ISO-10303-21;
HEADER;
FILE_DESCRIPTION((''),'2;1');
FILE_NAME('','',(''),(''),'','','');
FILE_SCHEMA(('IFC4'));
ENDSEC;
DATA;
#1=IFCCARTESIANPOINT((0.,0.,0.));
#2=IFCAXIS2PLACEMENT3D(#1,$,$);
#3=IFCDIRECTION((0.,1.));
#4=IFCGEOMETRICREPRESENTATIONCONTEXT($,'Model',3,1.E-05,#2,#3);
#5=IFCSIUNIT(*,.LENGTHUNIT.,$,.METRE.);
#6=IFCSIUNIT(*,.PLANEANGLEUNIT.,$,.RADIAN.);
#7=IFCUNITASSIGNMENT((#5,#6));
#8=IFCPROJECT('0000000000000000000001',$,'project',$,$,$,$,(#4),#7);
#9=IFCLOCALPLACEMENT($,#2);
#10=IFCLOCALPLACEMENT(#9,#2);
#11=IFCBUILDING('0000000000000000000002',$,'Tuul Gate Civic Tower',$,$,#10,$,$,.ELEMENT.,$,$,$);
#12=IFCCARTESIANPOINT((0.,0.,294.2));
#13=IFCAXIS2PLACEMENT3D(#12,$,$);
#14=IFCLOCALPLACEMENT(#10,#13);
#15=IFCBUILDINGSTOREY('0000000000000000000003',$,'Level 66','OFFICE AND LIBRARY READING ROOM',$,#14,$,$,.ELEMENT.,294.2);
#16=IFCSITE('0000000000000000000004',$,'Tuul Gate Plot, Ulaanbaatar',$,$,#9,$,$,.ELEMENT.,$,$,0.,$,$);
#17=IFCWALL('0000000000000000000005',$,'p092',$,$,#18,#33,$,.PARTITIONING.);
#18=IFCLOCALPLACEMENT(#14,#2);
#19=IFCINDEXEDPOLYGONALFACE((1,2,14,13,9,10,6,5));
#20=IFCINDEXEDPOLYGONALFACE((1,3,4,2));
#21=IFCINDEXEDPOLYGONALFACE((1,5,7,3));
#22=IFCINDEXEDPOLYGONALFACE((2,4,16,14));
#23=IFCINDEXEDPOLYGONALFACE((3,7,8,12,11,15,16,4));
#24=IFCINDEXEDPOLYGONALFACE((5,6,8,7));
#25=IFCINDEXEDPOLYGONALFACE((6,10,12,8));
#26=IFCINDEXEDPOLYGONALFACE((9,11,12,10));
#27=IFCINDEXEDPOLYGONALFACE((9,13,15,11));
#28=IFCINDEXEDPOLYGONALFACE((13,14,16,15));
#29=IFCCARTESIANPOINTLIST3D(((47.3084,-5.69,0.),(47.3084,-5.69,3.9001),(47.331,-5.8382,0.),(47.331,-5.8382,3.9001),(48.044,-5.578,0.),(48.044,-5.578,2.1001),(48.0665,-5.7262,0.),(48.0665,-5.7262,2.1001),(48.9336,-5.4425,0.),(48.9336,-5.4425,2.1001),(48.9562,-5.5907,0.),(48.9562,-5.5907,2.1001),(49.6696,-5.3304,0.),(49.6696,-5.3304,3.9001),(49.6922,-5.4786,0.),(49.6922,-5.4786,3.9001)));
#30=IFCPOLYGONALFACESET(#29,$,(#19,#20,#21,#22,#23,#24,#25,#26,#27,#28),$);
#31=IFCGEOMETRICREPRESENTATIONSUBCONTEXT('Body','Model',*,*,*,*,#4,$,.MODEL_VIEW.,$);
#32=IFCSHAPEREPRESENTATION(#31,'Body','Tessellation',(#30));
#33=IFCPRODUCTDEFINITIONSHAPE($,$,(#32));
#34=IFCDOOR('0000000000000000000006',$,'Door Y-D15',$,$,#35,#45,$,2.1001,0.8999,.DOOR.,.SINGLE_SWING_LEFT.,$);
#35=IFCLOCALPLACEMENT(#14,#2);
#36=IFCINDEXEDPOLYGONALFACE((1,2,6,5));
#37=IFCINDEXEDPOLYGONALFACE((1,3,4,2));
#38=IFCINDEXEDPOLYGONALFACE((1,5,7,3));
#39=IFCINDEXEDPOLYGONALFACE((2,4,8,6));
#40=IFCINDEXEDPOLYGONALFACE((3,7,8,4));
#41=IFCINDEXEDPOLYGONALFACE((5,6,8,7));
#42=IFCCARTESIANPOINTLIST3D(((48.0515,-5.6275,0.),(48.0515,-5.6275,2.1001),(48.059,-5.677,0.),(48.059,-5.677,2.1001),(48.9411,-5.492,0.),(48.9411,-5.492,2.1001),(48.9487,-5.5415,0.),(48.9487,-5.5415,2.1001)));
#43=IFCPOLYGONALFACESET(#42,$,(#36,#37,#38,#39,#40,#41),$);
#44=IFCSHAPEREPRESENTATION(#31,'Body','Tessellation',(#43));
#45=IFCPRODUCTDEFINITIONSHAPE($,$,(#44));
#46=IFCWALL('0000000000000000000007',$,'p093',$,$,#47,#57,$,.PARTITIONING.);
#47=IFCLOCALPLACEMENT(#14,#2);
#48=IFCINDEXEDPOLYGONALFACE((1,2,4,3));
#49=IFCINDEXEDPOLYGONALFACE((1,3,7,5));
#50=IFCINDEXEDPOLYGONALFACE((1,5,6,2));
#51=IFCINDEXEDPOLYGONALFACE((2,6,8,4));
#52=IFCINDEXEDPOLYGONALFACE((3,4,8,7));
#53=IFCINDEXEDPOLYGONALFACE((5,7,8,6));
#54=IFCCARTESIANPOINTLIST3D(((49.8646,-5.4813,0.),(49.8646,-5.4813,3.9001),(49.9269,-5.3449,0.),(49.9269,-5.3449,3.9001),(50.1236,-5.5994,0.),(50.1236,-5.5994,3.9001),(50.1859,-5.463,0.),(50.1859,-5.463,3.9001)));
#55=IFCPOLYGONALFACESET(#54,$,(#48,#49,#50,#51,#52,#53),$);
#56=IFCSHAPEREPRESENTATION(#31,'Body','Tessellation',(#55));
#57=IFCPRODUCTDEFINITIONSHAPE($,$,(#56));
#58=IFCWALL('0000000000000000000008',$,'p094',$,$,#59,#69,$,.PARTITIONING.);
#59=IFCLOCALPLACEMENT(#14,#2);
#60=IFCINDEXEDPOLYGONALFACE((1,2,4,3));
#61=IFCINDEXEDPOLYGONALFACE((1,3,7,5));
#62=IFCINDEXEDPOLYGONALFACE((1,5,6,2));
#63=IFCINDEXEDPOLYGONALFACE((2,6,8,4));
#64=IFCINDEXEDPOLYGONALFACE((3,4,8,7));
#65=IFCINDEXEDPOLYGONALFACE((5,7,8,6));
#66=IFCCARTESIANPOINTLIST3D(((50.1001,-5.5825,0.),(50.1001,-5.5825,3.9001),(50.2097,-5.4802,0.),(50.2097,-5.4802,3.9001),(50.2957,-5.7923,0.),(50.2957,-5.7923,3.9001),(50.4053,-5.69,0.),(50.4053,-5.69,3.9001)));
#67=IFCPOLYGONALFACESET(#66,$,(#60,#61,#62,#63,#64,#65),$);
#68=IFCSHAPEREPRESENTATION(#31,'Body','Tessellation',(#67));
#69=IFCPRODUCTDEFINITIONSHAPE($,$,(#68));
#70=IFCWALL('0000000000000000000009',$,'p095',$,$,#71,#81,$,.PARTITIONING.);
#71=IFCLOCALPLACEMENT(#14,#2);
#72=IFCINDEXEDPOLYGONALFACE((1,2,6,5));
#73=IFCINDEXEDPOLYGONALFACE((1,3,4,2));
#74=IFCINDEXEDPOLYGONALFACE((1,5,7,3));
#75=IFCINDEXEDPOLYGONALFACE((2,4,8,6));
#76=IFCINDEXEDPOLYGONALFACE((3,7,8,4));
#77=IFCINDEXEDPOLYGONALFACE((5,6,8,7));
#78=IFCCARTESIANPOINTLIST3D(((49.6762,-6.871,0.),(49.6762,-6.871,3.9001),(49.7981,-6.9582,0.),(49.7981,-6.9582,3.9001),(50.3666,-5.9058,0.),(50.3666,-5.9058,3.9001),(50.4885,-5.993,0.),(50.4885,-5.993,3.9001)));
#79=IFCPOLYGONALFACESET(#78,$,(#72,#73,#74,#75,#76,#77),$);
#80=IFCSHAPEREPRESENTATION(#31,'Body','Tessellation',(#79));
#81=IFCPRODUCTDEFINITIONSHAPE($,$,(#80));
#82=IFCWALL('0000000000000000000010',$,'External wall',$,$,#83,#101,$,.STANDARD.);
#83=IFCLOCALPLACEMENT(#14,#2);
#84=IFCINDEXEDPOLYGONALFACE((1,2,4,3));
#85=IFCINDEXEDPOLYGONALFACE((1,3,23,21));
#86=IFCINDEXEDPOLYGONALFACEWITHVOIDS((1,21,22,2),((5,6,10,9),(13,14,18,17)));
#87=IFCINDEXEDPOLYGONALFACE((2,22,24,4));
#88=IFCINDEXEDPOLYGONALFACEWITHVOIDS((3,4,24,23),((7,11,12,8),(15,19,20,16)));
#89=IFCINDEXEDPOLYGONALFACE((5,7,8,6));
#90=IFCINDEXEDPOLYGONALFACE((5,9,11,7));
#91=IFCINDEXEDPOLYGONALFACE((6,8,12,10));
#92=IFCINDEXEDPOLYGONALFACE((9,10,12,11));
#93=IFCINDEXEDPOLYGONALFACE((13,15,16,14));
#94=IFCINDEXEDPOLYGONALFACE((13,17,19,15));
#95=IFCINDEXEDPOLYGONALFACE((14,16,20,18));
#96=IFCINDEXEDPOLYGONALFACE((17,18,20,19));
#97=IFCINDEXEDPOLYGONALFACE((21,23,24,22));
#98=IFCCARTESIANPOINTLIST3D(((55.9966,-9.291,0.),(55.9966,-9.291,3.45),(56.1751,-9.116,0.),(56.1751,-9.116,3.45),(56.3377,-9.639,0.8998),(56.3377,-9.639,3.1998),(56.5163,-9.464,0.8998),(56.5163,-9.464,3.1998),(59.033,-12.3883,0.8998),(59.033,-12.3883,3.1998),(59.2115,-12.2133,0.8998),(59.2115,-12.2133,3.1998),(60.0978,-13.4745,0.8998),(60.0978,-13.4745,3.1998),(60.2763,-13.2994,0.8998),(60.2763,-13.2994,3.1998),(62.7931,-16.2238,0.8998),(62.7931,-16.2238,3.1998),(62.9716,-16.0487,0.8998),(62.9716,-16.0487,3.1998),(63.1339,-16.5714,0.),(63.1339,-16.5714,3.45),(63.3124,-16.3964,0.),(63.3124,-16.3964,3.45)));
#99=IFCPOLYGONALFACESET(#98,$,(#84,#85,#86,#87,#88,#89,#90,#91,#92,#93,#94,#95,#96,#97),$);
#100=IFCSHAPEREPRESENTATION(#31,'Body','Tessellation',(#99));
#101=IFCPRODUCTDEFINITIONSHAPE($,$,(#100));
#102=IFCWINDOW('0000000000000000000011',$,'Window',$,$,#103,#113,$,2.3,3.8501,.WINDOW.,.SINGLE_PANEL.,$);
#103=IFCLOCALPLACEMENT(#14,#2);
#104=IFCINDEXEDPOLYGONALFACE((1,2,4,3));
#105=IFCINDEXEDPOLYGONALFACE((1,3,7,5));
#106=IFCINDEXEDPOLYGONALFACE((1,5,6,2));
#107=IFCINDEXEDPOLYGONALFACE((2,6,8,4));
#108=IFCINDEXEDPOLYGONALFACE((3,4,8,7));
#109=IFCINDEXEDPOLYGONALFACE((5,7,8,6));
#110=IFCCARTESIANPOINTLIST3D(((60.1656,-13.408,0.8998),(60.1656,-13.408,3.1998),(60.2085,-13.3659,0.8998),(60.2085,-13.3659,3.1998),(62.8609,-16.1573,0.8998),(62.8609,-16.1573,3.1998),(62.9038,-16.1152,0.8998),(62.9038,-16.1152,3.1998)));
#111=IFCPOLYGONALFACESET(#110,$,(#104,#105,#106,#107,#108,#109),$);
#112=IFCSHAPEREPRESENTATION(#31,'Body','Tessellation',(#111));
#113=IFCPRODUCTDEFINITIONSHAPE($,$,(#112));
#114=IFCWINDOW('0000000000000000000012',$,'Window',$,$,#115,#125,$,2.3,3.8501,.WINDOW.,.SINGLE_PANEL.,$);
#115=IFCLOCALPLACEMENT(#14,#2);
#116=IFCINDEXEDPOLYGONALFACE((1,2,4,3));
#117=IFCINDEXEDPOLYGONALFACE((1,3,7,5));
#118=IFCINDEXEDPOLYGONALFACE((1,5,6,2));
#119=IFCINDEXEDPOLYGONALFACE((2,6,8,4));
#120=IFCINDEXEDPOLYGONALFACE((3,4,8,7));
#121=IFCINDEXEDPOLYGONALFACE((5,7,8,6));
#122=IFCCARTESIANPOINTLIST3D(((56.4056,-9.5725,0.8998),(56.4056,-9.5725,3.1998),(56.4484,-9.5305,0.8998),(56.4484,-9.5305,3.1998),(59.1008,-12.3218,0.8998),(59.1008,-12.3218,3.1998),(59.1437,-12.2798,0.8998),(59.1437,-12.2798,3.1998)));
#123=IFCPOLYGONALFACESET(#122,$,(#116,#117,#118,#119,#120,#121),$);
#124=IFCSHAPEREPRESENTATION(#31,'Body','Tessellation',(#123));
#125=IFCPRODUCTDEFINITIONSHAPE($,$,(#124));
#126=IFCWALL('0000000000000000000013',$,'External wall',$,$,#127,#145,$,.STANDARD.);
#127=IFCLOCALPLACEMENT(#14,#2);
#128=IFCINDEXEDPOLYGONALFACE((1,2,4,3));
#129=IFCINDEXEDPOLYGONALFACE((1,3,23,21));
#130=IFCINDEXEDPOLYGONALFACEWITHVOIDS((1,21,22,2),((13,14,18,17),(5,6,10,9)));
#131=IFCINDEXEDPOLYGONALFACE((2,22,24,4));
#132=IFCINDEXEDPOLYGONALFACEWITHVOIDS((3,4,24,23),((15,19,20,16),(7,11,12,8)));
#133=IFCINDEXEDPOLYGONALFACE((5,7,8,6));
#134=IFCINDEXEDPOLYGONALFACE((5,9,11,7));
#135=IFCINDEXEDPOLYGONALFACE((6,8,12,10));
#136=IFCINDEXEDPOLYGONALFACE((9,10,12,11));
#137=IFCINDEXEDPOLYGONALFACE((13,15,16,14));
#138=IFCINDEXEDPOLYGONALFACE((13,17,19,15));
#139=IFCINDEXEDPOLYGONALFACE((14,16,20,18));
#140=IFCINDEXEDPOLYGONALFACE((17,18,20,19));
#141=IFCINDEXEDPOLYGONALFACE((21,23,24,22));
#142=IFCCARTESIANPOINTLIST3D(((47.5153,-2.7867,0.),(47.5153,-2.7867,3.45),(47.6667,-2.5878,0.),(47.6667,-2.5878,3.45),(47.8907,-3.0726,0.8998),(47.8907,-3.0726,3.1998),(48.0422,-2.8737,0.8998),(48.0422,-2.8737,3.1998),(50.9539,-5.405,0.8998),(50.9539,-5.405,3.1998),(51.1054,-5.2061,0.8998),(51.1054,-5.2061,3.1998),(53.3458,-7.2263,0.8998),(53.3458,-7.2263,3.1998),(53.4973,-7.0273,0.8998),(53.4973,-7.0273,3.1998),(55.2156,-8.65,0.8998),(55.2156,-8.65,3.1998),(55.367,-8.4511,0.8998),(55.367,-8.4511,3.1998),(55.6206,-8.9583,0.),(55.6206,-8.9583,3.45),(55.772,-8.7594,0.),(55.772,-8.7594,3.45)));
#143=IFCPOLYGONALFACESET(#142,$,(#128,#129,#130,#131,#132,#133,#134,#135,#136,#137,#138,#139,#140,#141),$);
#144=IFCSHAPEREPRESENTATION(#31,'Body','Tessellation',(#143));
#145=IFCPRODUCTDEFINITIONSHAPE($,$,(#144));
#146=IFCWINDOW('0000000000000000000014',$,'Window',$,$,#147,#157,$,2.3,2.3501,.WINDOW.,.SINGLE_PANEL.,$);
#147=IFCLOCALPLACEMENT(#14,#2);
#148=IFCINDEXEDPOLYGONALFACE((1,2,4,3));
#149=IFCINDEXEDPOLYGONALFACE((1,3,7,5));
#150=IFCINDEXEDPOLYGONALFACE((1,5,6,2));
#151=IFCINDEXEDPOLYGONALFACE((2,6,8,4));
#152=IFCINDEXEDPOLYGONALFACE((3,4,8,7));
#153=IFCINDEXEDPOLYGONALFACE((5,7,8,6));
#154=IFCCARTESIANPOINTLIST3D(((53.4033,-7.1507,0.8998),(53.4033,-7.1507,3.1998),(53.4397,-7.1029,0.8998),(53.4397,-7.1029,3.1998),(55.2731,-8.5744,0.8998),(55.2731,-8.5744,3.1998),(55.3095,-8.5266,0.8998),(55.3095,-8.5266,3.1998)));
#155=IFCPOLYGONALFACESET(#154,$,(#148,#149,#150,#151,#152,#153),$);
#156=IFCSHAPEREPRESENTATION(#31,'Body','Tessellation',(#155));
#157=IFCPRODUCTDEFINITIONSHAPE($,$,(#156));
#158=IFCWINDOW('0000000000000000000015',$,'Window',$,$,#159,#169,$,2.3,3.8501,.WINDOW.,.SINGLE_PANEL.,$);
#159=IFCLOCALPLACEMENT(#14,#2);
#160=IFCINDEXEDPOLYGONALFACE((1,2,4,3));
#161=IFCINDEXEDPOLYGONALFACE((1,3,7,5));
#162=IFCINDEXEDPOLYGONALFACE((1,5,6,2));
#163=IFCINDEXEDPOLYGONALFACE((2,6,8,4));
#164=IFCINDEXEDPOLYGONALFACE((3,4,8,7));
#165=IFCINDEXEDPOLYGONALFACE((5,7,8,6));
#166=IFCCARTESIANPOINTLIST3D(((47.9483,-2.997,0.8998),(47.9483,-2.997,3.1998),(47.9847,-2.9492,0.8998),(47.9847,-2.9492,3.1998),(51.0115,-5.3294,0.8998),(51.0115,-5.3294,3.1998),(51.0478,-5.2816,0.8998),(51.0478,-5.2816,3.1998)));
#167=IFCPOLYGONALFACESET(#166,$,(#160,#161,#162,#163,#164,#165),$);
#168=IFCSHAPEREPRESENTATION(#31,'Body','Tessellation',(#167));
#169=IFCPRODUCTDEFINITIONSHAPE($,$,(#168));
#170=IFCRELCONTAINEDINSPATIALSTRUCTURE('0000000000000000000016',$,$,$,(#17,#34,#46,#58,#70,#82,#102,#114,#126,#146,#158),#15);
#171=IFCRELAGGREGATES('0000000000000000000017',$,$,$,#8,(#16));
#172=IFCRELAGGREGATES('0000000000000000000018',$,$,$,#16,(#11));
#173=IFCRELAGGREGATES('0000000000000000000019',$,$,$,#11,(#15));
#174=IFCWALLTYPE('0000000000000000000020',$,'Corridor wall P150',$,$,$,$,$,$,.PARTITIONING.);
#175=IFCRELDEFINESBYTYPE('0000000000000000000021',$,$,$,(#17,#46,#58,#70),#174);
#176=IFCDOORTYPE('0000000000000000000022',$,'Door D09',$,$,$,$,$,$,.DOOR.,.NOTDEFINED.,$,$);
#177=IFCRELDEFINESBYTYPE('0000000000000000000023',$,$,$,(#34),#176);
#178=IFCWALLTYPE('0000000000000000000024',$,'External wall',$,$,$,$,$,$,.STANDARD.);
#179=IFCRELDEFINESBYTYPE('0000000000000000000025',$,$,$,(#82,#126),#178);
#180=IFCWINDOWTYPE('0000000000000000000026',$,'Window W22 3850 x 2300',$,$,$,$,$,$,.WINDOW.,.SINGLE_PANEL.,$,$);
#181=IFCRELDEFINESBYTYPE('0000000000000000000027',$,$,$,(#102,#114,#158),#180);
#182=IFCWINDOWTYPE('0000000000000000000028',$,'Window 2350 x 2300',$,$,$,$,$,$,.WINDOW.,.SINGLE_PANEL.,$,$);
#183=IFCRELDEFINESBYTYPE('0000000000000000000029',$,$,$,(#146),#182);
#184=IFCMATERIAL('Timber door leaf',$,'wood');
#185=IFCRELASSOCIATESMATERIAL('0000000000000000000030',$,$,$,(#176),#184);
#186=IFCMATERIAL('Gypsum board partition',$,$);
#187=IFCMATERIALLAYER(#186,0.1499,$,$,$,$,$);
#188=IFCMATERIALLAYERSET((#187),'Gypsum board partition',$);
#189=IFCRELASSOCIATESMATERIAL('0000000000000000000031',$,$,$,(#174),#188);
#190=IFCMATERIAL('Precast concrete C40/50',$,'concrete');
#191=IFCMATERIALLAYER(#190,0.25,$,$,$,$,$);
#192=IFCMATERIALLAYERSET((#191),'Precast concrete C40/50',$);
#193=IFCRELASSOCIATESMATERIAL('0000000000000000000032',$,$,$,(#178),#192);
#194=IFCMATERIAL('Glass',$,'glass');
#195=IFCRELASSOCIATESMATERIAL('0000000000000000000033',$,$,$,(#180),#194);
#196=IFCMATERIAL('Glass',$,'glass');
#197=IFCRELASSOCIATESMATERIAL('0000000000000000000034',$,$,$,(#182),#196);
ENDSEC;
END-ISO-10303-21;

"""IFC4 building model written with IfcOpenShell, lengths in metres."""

from ifc_helpers import new_model, si_unit, direction, frame, frame_2d, origin, place, context, subcontext, project, spatial, rectangle, extrude, material, layer, layer_set, type_object, element, fill, save


model = new_model("IFC4")

# Units and contexts
model_context = context("Model", 3, precision=1e-05, world=origin(), true_north=direction((0.0, 1.0)))
body_context = subcontext(model_context, "Body", "Model", "MODEL_VIEW")
ifc_project = project(units=[si_unit("LENGTHUNIT", "METRE"), si_unit("PLANEANGLEUNIT", "RADIAN")], contexts=[model_context])

# Site, building, storey
site_placement = place(None, origin())
site = spatial("IfcSite", under=ifc_project, at=site_placement, Name="Tuul Gate Plot, Ulaanbaatar", CompositionType="ELEMENT", RefElevation=0.0)
building_placement = place(site_placement, origin())
building = spatial("IfcBuilding", under=site, at=building_placement, Name="Tuul Gate Civic Tower", CompositionType="ELEMENT")
storey_placement = place(building_placement, frame((0.0, 0.0, 294.2)))
storey = spatial("IfcBuildingStorey", under=building, at=storey_placement, Name="Level 66", Description="OFFICE AND LIBRARY READING ROOM", CompositionType="ELEMENT", Elevation=294.2)

# Shared definitions
ifc_material_1 = material(Name="Timber door leaf", Category="wood")
door_type_1 = type_object("IfcDoorType", Name="Door D09", OperationType="NOTDEFINED", PredefinedType="DOOR", material=ifc_material_1)

# Shared definitions
ifc_material_2 = material(Name="Gypsum board partition")
ifc_layer_1 = layer(ifc_material_2, 0.1499)
ifc_layer_set_1 = layer_set([ifc_layer_1], Name="Gypsum board partition")
wall_type_1 = type_object("IfcWallType", Name="Corridor wall P150", PredefinedType="PARTITIONING", material=ifc_layer_set_1)

# Wall, opening, door
wall_1_placement = place(storey_placement, frame((47.3196, -5.7642, 0.0), z_axis=(0.0, 0.0, 1.0), x_axis=(0.988599, 0.150574, 0.0)))
wall_1 = element("IfcWall", 1, at=wall_1_placement, inside=storey, type_object=wall_type_1, Name="p092", PredefinedType="PARTITIONING", context=body_context, shape_type="SweptSolid", body=[
    extrude(rectangle(XDim=2.3884, YDim=0.1499, at=frame_2d((1.1943, 0.0))), origin(), (0.0, 0.0, 1.0), 3.9001),
])
opening_1_placement = place(wall_1_placement, frame((0.7441, 0.0, 0.0)))
opening_1 = element("IfcOpeningElement", 2, at=opening_1_placement, cuts=wall_1, PredefinedType="OPENING", context=body_context, shape_type="SweptSolid", body=[
    extrude(rectangle(XDim=0.8999, YDim=2.1001, at=frame_2d((0.45, 1.05))), frame((0.0, 0.085, 0.0), z_axis=(0.0, -1.0, 0.0), x_axis=(1.0, 0.0, 0.0)), (0.0, 0.0, 1.0), 0.1699),
])
door_1_placement = place(opening_1_placement, origin())
door_1 = element("IfcDoor", 3, at=door_1_placement, inside=storey, type_object=door_type_1, Name="Door Y-D15", OperationType="SINGLE_SWING_LEFT", OverallHeight=2.1001, OverallWidth=0.8999, PredefinedType="DOOR", context=body_context, shape_type="SweptSolid", body=[
    extrude(rectangle(XDim=0.8999, YDim=2.1001, at=frame_2d((0.45, 1.05))), frame((0.0, 0.0249, 0.0), z_axis=(0.0, -1.0, 0.0), x_axis=(1.0, 0.0, 0.0)), (0.0, 0.0, 1.0), 0.05),
])
fill(opening_1, door_1)

# Walls
wall_2_placement = place(storey_placement, frame((49.8958, -5.4131, 0.0), z_axis=(0.0, 0.0, 1.0), x_axis=(0.909808, -0.41503, 0.0)))
element("IfcWall", 4, at=wall_2_placement, inside=storey, type_object=wall_type_1, Name="p093", PredefinedType="PARTITIONING", context=body_context, shape_type="SweptSolid", body=[
    extrude(rectangle(XDim=0.2847, YDim=0.1499, at=frame_2d((0.1423, 0.0))), origin(), (0.0, 0.0, 1.0), 3.9001),
])
wall_3_placement = place(storey_placement, frame((50.1548, -5.5312, 0.0), z_axis=(0.0, 0.0, 1.0), x_axis=(0.681984, -0.731367, 0.0)))
element("IfcWall", 5, at=wall_3_placement, inside=storey, type_object=wall_type_1, Name="p094", PredefinedType="PARTITIONING", context=body_context, shape_type="SweptSolid", body=[
    extrude(rectangle(XDim=0.2869, YDim=0.1499, at=frame_2d((0.1436, 0.0))), origin(), (0.0, 0.0, 1.0), 3.9001),
])
wall_4_placement = place(storey_placement, frame((50.4275, -5.9495, 0.0), z_axis=(0.0, 0.0, 1.0), x_axis=(-0.581744, -0.813372, 0.0)))
element("IfcWall", 6, at=wall_4_placement, inside=storey, type_object=wall_type_1, Name="p095", PredefinedType="PARTITIONING", context=body_context, shape_type="SweptSolid", body=[
    extrude(rectangle(XDim=1.1868, YDim=0.1499, at=frame_2d((0.5933, 0.0))), origin(), (0.0, 0.0, 1.0), 3.9001),
])

# Walls, openings, windows
ifc_material_3 = material(Name="Precast concrete C40/50", Category="concrete")
ifc_layer_2 = layer(ifc_material_3, 0.25)
ifc_layer_set_2 = layer_set([ifc_layer_2], Name="Precast concrete C40/50")
wall_type_2 = type_object("IfcWallType", Name="External wall", PredefinedType="STANDARD", material=ifc_layer_set_2)
wall_5_placement = place(storey_placement, frame((63.2231, -16.4839, 0.0), z_axis=(0.0, 0.0, 1.0), x_axis=(-0.700056, 0.714088, 0.0)))
wall_5 = element("IfcWall", 7, at=wall_5_placement, inside=storey, type_object=wall_type_2, Name="External wall", PredefinedType="STANDARD", context=body_context, shape_type="SweptSolid", body=[
    extrude(rectangle(XDim=10.1953, YDim=0.25, at=frame_2d((5.0977, 0.0))), origin(), (0.0, 0.0, 1.0), 3.45),
])
opening_2_placement = place(wall_5_placement, frame((0.4868, 0.0, 0.8999)))
opening_2 = element("IfcOpeningElement", 8, at=opening_2_placement, cuts=wall_5, PredefinedType="OPENING", context=body_context, shape_type="SweptSolid", body=[
    extrude(rectangle(XDim=3.8501, YDim=2.3, at=frame_2d((1.925, 1.1499))), frame((0.0, 0.135, 0.0), z_axis=(0.0, -1.0, 0.0), x_axis=(1.0, 0.0, 0.0)), (0.0, 0.0, 1.0), 0.27),
])
opening_3_placement = place(wall_5_placement, frame((5.8579, 0.0, 0.8999)))
opening_3 = element("IfcOpeningElement", 9, at=opening_3_placement, cuts=wall_5, PredefinedType="OPENING", context=body_context, shape_type="SweptSolid", body=[
    extrude(rectangle(XDim=3.8501, YDim=2.3, at=frame_2d((1.925, 1.1499))), frame((0.0, 0.135, 0.0), z_axis=(0.0, -1.0, 0.0), x_axis=(1.0, 0.0, 0.0)), (0.0, 0.0, 1.0), 0.27),
])
ifc_material_4 = material(Name="Glass", Category="glass")
window_type_1 = type_object("IfcWindowType", Name="Window W22 3850 x 2300", PartitioningType="SINGLE_PANEL", PredefinedType="WINDOW", material=ifc_material_4)
window_1_placement = place(opening_2_placement, origin())
window_1 = element("IfcWindow", 10, at=window_1_placement, inside=storey, type_object=window_type_1, Name="Window", OverallHeight=2.3, OverallWidth=3.8501, PartitioningType="SINGLE_PANEL", PredefinedType="WINDOW", context=body_context, shape_type="SweptSolid", body=[
    extrude(rectangle(XDim=3.8501, YDim=2.3, at=frame_2d((1.925, 1.1499))), frame((0.0, 0.03, 0.0), z_axis=(0.0, -1.0, 0.0), x_axis=(1.0, 0.0, 0.0)), (0.0, 0.0, 1.0), 0.0601),
])
fill(opening_2, window_1)
window_2_placement = place(opening_3_placement, origin())
window_2 = element("IfcWindow", 11, at=window_2_placement, inside=storey, type_object=window_type_1, Name="Window", OverallHeight=2.3, OverallWidth=3.8501, PartitioningType="SINGLE_PANEL", PredefinedType="WINDOW", context=body_context, shape_type="SweptSolid", body=[
    extrude(rectangle(XDim=3.8501, YDim=2.3, at=frame_2d((1.925, 1.1499))), frame((0.0, 0.03, 0.0), z_axis=(0.0, -1.0, 0.0), x_axis=(1.0, 0.0, 0.0)), (0.0, 0.0, 1.0), 0.0601),
])
fill(opening_3, window_2)
wall_6_placement = place(storey_placement, frame((55.6963, -8.8589, 0.0), z_axis=(0.0, 0.0, 1.0), x_axis=(-0.79561, 0.605809, 0.0)))
wall_6 = element("IfcWall", 12, at=wall_6_placement, inside=storey, type_object=wall_type_2, Name="External wall", PredefinedType="STANDARD", context=body_context, shape_type="SweptSolid", body=[
    extrude(rectangle(XDim=10.1875, YDim=0.25, at=frame_2d((5.0938, 0.0))), origin(), (0.0, 0.0, 1.0), 3.45),
])
opening_4_placement = place(wall_6_placement, frame((5.8655, 0.0, 0.8999)))
opening_4 = element("IfcOpeningElement", 13, at=opening_4_placement, cuts=wall_6, PredefinedType="OPENING", context=body_context, shape_type="SweptSolid", body=[
    extrude(rectangle(XDim=3.8501, YDim=2.3, at=frame_2d((1.925, 1.1499))), frame((0.0, 0.135, 0.0), z_axis=(0.0, -1.0, 0.0), x_axis=(1.0, 0.0, 0.0)), (0.0, 0.0, 1.0), 0.27),
])
opening_5_placement = place(wall_6_placement, frame((0.509, 0.0, 0.8999)))
opening_5 = element("IfcOpeningElement", 14, at=opening_5_placement, cuts=wall_6, PredefinedType="OPENING", context=body_context, shape_type="SweptSolid", body=[
    extrude(rectangle(XDim=2.3501, YDim=2.3, at=frame_2d((1.175, 1.1499))), frame((0.0, 0.135, 0.0), z_axis=(0.0, -1.0, 0.0), x_axis=(1.0, 0.0, 0.0)), (0.0, 0.0, 1.0), 0.27),
])
ifc_material_5 = material(Name="Glass", Category="glass")
window_type_2 = type_object("IfcWindowType", Name="Window 2350 x 2300", PartitioningType="SINGLE_PANEL", PredefinedType="WINDOW", material=ifc_material_5)
window_3_placement = place(opening_5_placement, origin())
window_3 = element("IfcWindow", 15, at=window_3_placement, inside=storey, type_object=window_type_2, Name="Window", OverallHeight=2.3, OverallWidth=2.3501, PartitioningType="SINGLE_PANEL", PredefinedType="WINDOW", context=body_context, shape_type="SweptSolid", body=[
    extrude(rectangle(XDim=2.3501, YDim=2.3, at=frame_2d((1.175, 1.1499))), frame((0.0, 0.03, 0.0), z_axis=(0.0, -1.0, 0.0), x_axis=(1.0, 0.0, 0.0)), (0.0, 0.0, 1.0), 0.0601),
])
fill(opening_5, window_3)
window_4_placement = place(opening_4_placement, origin())
window_4 = element("IfcWindow", 16, at=window_4_placement, inside=storey, type_object=window_type_1, Name="Window", OverallHeight=2.3, OverallWidth=3.8501, PartitioningType="SINGLE_PANEL", PredefinedType="WINDOW", context=body_context, shape_type="SweptSolid", body=[
    extrude(rectangle(XDim=3.8501, YDim=2.3, at=frame_2d((1.925, 1.1499))), frame((0.0, 0.03, 0.0), z_axis=(0.0, -1.0, 0.0), x_axis=(1.0, 0.0, 0.0)), (0.0, 0.0, 1.0), 0.0601),
])
fill(opening_4, window_4)

save(model, "model.ifc")
